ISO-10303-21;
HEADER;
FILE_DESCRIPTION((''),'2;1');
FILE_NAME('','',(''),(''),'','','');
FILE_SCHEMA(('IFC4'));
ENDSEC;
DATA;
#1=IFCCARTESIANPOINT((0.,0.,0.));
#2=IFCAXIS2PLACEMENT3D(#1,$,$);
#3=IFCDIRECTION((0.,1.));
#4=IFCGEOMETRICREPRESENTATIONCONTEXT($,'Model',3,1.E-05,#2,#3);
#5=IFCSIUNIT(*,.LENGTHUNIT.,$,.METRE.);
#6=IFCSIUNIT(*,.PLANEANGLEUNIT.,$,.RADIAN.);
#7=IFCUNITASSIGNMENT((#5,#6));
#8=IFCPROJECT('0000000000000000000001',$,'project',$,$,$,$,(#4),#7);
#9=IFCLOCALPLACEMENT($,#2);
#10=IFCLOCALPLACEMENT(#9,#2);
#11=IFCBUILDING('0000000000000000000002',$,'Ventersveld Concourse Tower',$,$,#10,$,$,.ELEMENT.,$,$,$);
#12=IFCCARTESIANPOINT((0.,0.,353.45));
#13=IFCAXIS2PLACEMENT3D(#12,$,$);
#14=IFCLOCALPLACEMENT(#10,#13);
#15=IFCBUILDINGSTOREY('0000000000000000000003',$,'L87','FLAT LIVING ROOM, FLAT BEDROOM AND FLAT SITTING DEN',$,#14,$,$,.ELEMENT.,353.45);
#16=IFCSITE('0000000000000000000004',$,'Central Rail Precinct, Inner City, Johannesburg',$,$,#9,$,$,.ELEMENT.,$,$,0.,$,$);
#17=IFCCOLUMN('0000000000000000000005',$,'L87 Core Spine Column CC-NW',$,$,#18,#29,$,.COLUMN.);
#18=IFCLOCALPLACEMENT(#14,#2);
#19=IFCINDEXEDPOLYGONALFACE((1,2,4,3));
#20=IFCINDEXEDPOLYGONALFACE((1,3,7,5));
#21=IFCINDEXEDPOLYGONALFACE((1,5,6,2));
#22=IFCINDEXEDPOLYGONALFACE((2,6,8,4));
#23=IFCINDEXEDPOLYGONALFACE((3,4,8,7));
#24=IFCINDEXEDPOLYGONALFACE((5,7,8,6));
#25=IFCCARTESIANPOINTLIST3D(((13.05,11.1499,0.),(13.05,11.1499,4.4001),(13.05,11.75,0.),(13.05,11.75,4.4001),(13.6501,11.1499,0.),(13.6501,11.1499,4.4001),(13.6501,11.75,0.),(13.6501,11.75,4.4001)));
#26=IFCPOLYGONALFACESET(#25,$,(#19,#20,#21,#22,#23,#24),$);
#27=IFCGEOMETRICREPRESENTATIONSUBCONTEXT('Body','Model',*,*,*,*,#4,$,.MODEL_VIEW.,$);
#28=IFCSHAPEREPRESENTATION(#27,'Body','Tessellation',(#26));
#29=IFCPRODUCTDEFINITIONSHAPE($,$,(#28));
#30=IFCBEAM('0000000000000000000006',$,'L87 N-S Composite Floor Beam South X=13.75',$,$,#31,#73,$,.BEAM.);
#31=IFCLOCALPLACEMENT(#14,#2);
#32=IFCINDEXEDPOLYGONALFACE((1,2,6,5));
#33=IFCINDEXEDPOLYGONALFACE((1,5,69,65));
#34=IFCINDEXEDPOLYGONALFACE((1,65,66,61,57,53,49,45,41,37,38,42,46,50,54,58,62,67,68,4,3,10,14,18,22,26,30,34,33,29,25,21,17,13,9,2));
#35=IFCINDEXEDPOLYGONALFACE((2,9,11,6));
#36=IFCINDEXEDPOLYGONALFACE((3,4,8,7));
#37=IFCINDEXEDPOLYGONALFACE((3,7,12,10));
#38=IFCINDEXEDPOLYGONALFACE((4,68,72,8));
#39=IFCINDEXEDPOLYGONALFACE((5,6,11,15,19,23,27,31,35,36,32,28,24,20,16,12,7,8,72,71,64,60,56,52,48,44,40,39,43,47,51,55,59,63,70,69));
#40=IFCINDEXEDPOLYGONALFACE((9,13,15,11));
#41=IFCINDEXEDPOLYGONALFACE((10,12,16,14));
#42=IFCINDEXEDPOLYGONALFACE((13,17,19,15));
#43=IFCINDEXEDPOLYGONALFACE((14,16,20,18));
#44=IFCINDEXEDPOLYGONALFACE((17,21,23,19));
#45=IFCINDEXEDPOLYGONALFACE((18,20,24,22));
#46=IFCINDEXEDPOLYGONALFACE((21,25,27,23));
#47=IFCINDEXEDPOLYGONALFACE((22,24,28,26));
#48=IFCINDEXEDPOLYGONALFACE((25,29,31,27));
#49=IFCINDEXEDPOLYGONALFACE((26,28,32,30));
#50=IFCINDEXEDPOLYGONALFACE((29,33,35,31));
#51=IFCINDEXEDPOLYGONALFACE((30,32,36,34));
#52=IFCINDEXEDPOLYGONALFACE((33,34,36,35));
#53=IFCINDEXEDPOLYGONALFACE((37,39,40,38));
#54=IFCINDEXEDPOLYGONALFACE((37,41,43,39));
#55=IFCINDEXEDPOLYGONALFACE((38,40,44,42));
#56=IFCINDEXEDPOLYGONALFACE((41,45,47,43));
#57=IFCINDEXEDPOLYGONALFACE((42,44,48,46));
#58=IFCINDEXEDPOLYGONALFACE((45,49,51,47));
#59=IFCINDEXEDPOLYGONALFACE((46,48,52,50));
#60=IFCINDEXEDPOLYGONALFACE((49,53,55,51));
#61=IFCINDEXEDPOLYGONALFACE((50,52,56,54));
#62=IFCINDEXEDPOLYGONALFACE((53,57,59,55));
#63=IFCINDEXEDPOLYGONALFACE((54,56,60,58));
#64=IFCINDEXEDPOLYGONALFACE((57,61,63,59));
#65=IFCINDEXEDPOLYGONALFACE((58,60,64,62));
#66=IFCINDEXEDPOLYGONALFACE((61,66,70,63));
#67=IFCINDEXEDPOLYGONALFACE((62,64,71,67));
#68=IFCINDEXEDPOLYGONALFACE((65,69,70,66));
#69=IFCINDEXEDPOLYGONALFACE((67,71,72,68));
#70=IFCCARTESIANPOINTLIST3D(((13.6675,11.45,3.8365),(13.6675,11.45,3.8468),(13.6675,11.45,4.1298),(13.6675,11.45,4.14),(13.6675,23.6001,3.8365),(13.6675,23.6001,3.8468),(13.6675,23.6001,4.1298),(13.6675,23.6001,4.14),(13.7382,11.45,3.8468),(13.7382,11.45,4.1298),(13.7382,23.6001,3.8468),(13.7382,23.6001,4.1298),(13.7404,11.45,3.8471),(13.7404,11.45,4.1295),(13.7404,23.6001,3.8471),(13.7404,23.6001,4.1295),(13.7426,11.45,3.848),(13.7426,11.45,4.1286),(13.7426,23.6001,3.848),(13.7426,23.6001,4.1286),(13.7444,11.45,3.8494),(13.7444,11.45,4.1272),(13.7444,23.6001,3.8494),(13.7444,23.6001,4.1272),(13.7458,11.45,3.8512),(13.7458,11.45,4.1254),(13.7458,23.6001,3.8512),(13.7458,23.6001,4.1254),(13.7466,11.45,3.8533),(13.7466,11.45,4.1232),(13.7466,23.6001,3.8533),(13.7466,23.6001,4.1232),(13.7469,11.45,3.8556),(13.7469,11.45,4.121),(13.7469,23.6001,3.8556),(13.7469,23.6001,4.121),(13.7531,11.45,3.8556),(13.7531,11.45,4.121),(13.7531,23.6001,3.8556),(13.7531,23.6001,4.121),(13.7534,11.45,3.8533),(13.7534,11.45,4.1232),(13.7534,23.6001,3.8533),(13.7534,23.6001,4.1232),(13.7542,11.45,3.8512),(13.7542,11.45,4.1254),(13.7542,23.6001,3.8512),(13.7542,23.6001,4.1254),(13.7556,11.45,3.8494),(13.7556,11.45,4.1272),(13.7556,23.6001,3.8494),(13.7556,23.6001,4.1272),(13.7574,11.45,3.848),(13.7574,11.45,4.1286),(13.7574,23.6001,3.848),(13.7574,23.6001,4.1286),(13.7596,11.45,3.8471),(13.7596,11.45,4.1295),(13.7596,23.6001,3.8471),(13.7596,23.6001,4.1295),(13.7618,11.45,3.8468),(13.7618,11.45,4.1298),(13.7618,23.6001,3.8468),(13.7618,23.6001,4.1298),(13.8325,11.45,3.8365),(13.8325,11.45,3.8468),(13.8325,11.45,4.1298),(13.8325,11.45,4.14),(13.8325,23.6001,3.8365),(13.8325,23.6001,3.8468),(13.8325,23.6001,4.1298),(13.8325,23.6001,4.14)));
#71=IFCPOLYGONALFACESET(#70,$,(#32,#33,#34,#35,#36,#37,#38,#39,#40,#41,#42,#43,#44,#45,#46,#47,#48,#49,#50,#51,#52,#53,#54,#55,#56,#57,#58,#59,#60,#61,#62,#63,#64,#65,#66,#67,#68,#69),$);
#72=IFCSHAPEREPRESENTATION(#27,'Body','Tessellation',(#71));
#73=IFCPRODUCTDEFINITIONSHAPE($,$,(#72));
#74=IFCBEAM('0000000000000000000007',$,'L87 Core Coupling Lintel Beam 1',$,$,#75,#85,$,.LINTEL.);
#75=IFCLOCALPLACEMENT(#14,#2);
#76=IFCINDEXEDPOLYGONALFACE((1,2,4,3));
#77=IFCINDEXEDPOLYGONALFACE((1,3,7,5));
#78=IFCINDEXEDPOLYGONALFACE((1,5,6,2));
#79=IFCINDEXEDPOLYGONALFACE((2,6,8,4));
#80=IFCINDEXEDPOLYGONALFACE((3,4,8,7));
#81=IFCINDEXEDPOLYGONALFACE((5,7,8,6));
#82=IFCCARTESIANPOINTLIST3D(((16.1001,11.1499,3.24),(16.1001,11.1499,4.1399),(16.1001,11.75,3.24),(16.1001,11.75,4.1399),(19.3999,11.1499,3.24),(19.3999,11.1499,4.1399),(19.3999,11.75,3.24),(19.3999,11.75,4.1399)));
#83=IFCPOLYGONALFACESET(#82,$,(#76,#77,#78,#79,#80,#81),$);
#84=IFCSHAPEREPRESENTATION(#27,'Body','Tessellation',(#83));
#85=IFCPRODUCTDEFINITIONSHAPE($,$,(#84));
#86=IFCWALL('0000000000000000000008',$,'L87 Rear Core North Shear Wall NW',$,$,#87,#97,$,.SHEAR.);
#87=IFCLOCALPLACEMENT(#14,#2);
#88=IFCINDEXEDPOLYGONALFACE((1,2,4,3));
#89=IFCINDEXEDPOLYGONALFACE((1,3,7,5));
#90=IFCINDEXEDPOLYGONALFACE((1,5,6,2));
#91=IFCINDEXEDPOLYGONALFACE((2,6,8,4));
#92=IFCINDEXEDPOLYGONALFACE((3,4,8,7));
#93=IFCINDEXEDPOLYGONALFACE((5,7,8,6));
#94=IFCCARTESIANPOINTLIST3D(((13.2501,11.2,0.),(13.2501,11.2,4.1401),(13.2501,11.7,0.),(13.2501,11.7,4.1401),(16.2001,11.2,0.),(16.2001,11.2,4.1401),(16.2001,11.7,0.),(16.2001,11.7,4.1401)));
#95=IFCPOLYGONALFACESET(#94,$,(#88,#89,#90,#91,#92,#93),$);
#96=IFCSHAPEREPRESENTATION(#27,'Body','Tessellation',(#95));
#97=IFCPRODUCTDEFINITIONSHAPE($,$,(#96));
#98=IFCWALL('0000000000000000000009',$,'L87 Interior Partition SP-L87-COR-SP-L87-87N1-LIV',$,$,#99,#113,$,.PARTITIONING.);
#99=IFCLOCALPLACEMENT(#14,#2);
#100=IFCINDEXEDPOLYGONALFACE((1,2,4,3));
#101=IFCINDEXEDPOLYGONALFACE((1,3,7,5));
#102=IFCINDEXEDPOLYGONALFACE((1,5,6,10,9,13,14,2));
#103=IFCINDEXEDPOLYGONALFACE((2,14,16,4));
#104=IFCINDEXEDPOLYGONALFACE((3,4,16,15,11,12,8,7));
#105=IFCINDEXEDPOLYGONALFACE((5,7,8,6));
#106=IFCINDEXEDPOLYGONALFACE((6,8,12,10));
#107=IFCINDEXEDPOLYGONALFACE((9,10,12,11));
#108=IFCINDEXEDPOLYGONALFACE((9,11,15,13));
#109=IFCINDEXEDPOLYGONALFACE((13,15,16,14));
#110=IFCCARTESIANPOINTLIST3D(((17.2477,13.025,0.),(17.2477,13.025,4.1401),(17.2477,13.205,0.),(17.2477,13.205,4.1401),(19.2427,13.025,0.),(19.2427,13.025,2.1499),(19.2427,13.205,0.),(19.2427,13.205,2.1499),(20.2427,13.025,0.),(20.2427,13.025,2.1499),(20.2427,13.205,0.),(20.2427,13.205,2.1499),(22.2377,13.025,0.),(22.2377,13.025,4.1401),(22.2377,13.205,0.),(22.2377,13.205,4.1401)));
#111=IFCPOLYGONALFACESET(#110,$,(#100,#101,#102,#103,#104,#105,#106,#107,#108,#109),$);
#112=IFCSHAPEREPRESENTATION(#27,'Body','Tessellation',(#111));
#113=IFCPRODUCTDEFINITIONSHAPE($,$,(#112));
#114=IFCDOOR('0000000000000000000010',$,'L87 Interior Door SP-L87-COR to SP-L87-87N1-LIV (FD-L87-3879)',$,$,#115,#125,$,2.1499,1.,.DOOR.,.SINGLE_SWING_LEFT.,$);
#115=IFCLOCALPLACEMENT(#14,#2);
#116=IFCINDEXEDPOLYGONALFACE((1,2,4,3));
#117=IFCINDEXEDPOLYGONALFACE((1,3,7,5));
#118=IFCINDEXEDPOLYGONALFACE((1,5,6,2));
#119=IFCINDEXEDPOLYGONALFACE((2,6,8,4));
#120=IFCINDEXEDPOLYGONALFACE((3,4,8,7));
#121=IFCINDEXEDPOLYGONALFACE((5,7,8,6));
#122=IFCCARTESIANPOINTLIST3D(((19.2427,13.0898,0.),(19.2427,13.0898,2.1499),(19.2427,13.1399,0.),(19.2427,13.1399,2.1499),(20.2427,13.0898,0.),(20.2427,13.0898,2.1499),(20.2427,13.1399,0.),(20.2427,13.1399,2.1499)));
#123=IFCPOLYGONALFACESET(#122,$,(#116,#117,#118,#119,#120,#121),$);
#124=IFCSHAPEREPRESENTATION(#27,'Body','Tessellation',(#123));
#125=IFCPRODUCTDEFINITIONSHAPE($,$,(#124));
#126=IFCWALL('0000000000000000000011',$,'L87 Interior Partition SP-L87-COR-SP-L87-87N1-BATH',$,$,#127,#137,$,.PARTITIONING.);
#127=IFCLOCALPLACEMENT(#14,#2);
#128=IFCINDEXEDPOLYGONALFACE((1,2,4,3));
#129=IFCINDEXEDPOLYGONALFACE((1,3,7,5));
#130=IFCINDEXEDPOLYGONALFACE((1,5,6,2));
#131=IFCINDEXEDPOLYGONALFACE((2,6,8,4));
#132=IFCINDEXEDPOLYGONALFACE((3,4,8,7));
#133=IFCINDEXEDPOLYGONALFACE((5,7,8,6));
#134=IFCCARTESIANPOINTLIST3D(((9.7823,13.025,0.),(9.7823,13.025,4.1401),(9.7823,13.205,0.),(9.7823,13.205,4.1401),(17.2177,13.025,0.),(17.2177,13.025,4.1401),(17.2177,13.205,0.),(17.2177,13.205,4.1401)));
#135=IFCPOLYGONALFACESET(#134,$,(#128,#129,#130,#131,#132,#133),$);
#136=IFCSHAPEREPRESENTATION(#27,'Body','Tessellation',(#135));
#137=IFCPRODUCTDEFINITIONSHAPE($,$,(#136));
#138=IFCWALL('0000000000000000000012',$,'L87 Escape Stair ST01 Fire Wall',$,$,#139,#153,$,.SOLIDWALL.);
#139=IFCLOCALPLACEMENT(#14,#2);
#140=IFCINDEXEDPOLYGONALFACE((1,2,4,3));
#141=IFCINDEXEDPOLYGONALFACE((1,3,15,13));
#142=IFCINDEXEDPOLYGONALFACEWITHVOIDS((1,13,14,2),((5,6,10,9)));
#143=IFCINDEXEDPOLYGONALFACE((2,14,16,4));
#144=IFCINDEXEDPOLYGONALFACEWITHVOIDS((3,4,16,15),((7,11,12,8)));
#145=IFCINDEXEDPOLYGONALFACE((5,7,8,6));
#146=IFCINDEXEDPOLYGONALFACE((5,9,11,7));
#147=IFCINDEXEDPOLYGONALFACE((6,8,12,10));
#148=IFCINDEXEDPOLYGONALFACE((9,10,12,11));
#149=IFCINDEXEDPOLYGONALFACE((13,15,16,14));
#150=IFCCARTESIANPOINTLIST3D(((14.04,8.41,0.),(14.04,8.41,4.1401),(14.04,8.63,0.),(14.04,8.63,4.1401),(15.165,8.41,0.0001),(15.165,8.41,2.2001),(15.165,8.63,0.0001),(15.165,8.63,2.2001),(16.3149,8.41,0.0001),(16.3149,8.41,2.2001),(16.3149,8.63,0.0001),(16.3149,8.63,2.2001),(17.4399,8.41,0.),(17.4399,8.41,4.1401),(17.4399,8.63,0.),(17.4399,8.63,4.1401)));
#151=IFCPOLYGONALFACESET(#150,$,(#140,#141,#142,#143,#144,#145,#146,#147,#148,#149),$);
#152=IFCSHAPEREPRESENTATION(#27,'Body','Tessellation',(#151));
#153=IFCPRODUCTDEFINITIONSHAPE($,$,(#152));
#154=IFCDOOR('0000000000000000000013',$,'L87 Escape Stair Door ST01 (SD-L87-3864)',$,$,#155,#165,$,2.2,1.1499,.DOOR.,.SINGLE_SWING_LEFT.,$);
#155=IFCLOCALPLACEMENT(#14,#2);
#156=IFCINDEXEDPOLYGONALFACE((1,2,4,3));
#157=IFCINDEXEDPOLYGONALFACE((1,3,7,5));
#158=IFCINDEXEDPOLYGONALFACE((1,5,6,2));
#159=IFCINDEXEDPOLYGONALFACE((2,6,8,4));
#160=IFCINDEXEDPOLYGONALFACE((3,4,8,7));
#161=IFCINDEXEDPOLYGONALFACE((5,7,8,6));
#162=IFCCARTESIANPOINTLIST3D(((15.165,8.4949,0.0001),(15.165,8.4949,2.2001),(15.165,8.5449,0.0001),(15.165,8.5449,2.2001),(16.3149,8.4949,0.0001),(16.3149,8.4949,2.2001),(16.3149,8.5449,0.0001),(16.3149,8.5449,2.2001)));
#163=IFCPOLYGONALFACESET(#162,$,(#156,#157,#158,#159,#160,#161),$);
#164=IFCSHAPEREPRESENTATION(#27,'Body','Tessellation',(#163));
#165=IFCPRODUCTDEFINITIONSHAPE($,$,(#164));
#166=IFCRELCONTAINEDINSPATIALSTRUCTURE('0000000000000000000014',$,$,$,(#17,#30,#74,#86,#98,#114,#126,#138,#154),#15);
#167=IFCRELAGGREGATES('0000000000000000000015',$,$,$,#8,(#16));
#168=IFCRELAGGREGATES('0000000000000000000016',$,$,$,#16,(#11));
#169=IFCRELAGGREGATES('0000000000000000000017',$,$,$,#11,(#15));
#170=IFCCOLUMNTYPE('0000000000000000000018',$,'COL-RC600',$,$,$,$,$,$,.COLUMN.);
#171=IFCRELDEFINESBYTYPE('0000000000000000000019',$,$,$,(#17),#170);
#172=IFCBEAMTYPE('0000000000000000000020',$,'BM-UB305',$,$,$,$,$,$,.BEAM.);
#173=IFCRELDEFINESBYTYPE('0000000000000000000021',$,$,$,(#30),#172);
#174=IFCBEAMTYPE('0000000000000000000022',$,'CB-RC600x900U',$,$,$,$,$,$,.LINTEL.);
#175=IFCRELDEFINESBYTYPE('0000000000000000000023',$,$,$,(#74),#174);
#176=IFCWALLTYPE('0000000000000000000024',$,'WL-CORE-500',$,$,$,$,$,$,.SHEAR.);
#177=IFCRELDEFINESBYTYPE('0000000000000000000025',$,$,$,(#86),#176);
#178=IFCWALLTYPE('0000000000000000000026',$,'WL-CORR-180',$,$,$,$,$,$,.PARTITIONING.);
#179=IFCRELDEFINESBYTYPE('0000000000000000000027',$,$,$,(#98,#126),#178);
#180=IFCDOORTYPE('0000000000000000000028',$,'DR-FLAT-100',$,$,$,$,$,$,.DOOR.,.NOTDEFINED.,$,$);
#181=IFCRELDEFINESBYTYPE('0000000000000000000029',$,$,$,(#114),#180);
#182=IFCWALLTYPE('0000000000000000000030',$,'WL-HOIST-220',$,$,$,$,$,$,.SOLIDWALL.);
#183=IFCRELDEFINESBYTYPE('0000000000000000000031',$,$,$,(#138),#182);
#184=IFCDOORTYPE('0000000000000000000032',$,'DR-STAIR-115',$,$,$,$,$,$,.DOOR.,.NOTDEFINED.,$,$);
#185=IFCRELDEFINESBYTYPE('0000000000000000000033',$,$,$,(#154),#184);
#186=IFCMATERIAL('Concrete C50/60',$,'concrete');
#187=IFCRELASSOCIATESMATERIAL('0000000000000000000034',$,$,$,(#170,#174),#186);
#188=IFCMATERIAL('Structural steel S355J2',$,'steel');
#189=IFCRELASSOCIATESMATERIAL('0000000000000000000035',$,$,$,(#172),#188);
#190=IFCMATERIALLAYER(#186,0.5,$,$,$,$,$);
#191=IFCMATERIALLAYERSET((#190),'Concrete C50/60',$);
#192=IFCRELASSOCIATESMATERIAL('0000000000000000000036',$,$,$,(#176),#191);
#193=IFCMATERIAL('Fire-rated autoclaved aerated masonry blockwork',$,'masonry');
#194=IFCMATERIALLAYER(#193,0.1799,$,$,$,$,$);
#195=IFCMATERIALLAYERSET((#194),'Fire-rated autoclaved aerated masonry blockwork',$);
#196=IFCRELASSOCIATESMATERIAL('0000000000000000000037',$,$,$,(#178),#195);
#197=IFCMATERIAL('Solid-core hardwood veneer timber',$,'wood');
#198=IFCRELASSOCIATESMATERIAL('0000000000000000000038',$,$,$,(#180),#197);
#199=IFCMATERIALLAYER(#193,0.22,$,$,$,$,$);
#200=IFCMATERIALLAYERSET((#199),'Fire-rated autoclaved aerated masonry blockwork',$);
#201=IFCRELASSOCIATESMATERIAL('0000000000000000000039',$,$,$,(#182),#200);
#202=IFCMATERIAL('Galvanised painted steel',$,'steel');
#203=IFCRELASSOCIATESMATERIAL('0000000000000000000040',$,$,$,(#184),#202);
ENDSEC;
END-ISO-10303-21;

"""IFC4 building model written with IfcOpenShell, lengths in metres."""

from ifc_helpers import new_model, si_unit, direction, frame, frame_2d, origin, origin_2d, place, context, subcontext, project, spatial, rectangle, i_section, extrude, material, layer, layer_set, material_profile, profile_set, type_object, element, fill, save


model = new_model("IFC4")

# Units and contexts
model_context = context("Model", 3, precision=1e-05, world=origin(), true_north=direction((0.0, 1.0)))
body_context = subcontext(model_context, "Body", "Model", "MODEL_VIEW")
ifc_project = project(units=[si_unit("LENGTHUNIT", "METRE"), si_unit("PLANEANGLEUNIT", "RADIAN")], contexts=[model_context])

# Site, building, storey
site_placement = place(None, origin())
site = spatial("IfcSite", under=ifc_project, at=site_placement, Name="Central Rail Precinct, Inner City, Johannesburg", CompositionType="ELEMENT", RefElevation=0.0)
building_placement = place(site_placement, origin())
building = spatial("IfcBuilding", under=site, at=building_placement, Name="Ventersveld Concourse Tower", CompositionType="ELEMENT")
storey_placement = place(building_placement, frame((0.0, 0.0, 353.45)))
storey = spatial("IfcBuildingStorey", under=building, at=storey_placement, Name="L87", Description="FLAT LIVING ROOM, FLAT BEDROOM AND FLAT SITTING DEN", CompositionType="ELEMENT", Elevation=353.45)

# Column
ifc_material_1 = material(Name="Concrete C50/60", Category="concrete")
ifc_material_profile_1 = material_profile(ifc_material_1, rectangle(XDim=0.6001, YDim=0.6001, at=origin_2d()), Name="RC 600x600")
ifc_profile_set_1 = profile_set([ifc_material_profile_1], Name="Concrete C50/60")
column_type = type_object("IfcColumnType", Name="COL-RC600", PredefinedType="COLUMN", material=ifc_profile_set_1)
column_placement = place(storey_placement, frame((13.3501, 11.45, 0.0), z_axis=(0.0, 0.0, 1.0), x_axis=(1.0, 0.0, 0.0)))
element("IfcColumn", 1, at=column_placement, inside=storey, type_object=column_type, Name="L87 Core Spine Column CC-NW", PredefinedType="COLUMN", context=body_context, shape_type="SweptSolid", body=[
    extrude(rectangle(XDim=0.6001, YDim=0.6001, at=origin_2d()), origin(), (0.0, 0.0, 1.0), 4.4001),
])

# Beams
ifc_material_2 = material(Name="Structural steel S355J2", Category="steel")
ifc_material_profile_2 = material_profile(ifc_material_2, i_section(OverallWidth=0.165, OverallDepth=0.3035, WebThickness=0.0061, FlangeThickness=0.0103, FilletRadius=0.0088, at=origin_2d()), Name="UB 305x165x40")
ifc_profile_set_2 = profile_set([ifc_material_profile_2], Name="Structural steel S355J2")
beam_type_1 = type_object("IfcBeamType", Name="BM-UB305", PredefinedType="BEAM", material=ifc_profile_set_2)
beam_1_placement = place(storey_placement, frame((13.75, 11.45, 3.9883), z_axis=(0.0, 1.0, 0.0), x_axis=(-1.0, 0.0, 0.0)))
element("IfcBeam", 2, at=beam_1_placement, inside=storey, type_object=beam_type_1, Name="L87 N-S Composite Floor Beam South X=13.75", PredefinedType="BEAM", context=body_context, shape_type="SweptSolid", body=[
    extrude(i_section(OverallWidth=0.165, OverallDepth=0.3035, WebThickness=0.0061, FlangeThickness=0.0103, FilletRadius=0.0088, at=origin_2d()), origin(), (0.0, 0.0, 1.0), 12.1501),
])
ifc_material_profile_3 = material_profile(ifc_material_1, rectangle(XDim=0.6001, YDim=0.8999, at=origin_2d()), Name="RC 600x900")
ifc_profile_set_3 = profile_set([ifc_material_profile_3], Name="Concrete C50/60")
beam_type_2 = type_object("IfcBeamType", Name="CB-RC600x900U", PredefinedType="LINTEL", material=ifc_profile_set_3)
beam_2_placement = place(storey_placement, frame((16.1001, 11.45, 3.6899), z_axis=(1.0, 0.0, 0.0), x_axis=(0.0, 1.0, 0.0)))
element("IfcBeam", 3, at=beam_2_placement, inside=storey, type_object=beam_type_2, Name="L87 Core Coupling Lintel Beam 1", PredefinedType="LINTEL", context=body_context, shape_type="SweptSolid", body=[
    extrude(rectangle(XDim=0.6001, YDim=0.8999, at=origin_2d()), origin(), (0.0, 0.0, 1.0), 3.2998),
])

# Wall
ifc_layer_1 = layer(ifc_material_1, 0.5)
ifc_layer_set_1 = layer_set([ifc_layer_1], Name="Concrete C50/60")
wall_type_1 = type_object("IfcWallType", Name="WL-CORE-500", PredefinedType="SHEAR", material=ifc_layer_set_1)
wall_1_placement = place(storey_placement, frame((13.25, 11.45, 0.0), z_axis=(0.0, 0.0, 1.0), x_axis=(1.0, 0.0, 0.0)))
element("IfcWall", 4, at=wall_1_placement, inside=storey, type_object=wall_type_1, Name="L87 Rear Core North Shear Wall NW", PredefinedType="SHEAR", context=body_context, shape_type="SweptSolid", body=[
    extrude(rectangle(XDim=2.95, YDim=0.5, at=frame_2d((1.4751, 0.0))), origin(), (0.0, 0.0, 1.0), 4.1401),
])

# Wall, opening, door
ifc_material_3 = material(Name="Fire-rated autoclaved aerated masonry blockwork", Category="masonry")
ifc_layer_2 = layer(ifc_material_3, 0.1799)
ifc_layer_set_2 = layer_set([ifc_layer_2], Name="Fire-rated autoclaved aerated masonry blockwork")
wall_type_2 = type_object("IfcWallType", Name="WL-CORR-180", PredefinedType="PARTITIONING", material=ifc_layer_set_2)
ifc_material_4 = material(Name="Solid-core hardwood veneer timber", Category="wood")
door_type_1 = type_object("IfcDoorType", Name="DR-FLAT-100", OperationType="NOTDEFINED", PredefinedType="DOOR", material=ifc_material_4)
wall_2_placement = place(storey_placement, frame((17.2476, 13.115, 0.0), z_axis=(0.0, 0.0, 1.0), x_axis=(1.0, 0.0, 0.0)))
wall_2 = element("IfcWall", 5, at=wall_2_placement, inside=storey, type_object=wall_type_2, Name="L87 Interior Partition SP-L87-COR-SP-L87-87N1-LIV", PredefinedType="PARTITIONING", context=body_context, shape_type="SweptSolid", body=[
    extrude(rectangle(XDim=4.99, YDim=0.1799, at=frame_2d((2.4951, 0.0))), origin(), (0.0, 0.0, 1.0), 4.1401),
])
opening_1_placement = place(wall_2_placement, frame((1.9951, 0.0, 0.0)))
opening_1 = element("IfcOpeningElement", 6, at=opening_1_placement, cuts=wall_2, PredefinedType="OPENING", context=body_context, shape_type="SweptSolid", body=[
    extrude(rectangle(XDim=1.0, YDim=2.1499, at=frame_2d((0.5, 1.075))), frame((0.0, 0.1001, 0.0), z_axis=(0.0, -1.0, 0.0), x_axis=(1.0, 0.0, 0.0)), (0.0, 0.0, 1.0), 0.2),
])
door_1_placement = place(opening_1_placement, origin())
door_1 = element("IfcDoor", 7, at=door_1_placement, inside=storey, type_object=door_type_1, Name="L87 Interior Door SP-L87-COR to SP-L87-87N1-LIV (FD-L87-3879)", OperationType="SINGLE_SWING_LEFT", OverallHeight=2.1499, OverallWidth=1.0, PredefinedType="DOOR", context=body_context, shape_type="SweptSolid", body=[
    extrude(rectangle(XDim=1.0, YDim=2.1499, at=frame_2d((0.5, 1.075))), frame((0.0, 0.0249, 0.0), z_axis=(0.0, -1.0, 0.0), x_axis=(1.0, 0.0, 0.0)), (0.0, 0.0, 1.0), 0.05),
])
fill(opening_1, door_1)

# Wall
wall_3_placement = place(storey_placement, frame((9.7822, 13.115, 0.0), z_axis=(0.0, 0.0, 1.0), x_axis=(1.0, 0.0, 0.0)))
element("IfcWall", 8, at=wall_3_placement, inside=storey, type_object=wall_type_2, Name="L87 Interior Partition SP-L87-COR-SP-L87-87N1-BATH", PredefinedType="PARTITIONING", context=body_context, shape_type="SweptSolid", body=[
    extrude(rectangle(XDim=7.4353, YDim=0.1799, at=frame_2d((3.7178, 0.0))), origin(), (0.0, 0.0, 1.0), 4.1401),
])

# Wall, opening, door
ifc_layer_3 = layer(ifc_material_3, 0.22)
ifc_layer_set_3 = layer_set([ifc_layer_3], Name="Fire-rated autoclaved aerated masonry blockwork")
wall_type_3 = type_object("IfcWallType", Name="WL-HOIST-220", PredefinedType="SOLIDWALL", material=ifc_layer_set_3)
wall_4_placement = place(storey_placement, frame((14.04, 8.52, 0.0), z_axis=(0.0, 0.0, 1.0), x_axis=(1.0, 0.0, 0.0)))
wall_4 = element("IfcWall", 9, at=wall_4_placement, inside=storey, type_object=wall_type_3, Name="L87 Escape Stair ST01 Fire Wall", PredefinedType="SOLIDWALL", context=body_context, shape_type="SweptSolid", body=[
    extrude(rectangle(XDim=3.3999, YDim=0.22, at=frame_2d((1.7, 0.0))), origin(), (0.0, 0.0, 1.0), 4.1401),
])
opening_2_placement = place(wall_4_placement, frame((1.125, 0.0, 0.0)))
opening_2 = element("IfcOpeningElement", 10, at=opening_2_placement, cuts=wall_4, PredefinedType="OPENING", context=body_context, shape_type="SweptSolid", body=[
    extrude(rectangle(XDim=1.1499, YDim=2.2, at=frame_2d((0.575, 1.1001))), frame((0.0, 0.1201, 0.0), z_axis=(0.0, -1.0, 0.0), x_axis=(1.0, 0.0, 0.0)), (0.0, 0.0, 1.0), 0.24),
])
ifc_material_5 = material(Name="Galvanised painted steel", Category="steel")
door_type_2 = type_object("IfcDoorType", Name="DR-STAIR-115", OperationType="NOTDEFINED", PredefinedType="DOOR", material=ifc_material_5)
door_2_placement = place(opening_2_placement, origin())
door_2 = element("IfcDoor", 11, at=door_2_placement, inside=storey, type_object=door_type_2, Name="L87 Escape Stair Door ST01 (SD-L87-3864)", OperationType="SINGLE_SWING_LEFT", OverallHeight=2.2, OverallWidth=1.1499, PredefinedType="DOOR", context=body_context, shape_type="SweptSolid", body=[
    extrude(rectangle(XDim=1.1499, YDim=2.2, at=frame_2d((0.575, 1.1001))), frame((0.0, 0.0249, 0.0), z_axis=(0.0, -1.0, 0.0), x_axis=(1.0, 0.0, 0.0)), (0.0, 0.0, 1.0), 0.05),
])
fill(opening_2, door_2)

save(model, "model.ifc")
